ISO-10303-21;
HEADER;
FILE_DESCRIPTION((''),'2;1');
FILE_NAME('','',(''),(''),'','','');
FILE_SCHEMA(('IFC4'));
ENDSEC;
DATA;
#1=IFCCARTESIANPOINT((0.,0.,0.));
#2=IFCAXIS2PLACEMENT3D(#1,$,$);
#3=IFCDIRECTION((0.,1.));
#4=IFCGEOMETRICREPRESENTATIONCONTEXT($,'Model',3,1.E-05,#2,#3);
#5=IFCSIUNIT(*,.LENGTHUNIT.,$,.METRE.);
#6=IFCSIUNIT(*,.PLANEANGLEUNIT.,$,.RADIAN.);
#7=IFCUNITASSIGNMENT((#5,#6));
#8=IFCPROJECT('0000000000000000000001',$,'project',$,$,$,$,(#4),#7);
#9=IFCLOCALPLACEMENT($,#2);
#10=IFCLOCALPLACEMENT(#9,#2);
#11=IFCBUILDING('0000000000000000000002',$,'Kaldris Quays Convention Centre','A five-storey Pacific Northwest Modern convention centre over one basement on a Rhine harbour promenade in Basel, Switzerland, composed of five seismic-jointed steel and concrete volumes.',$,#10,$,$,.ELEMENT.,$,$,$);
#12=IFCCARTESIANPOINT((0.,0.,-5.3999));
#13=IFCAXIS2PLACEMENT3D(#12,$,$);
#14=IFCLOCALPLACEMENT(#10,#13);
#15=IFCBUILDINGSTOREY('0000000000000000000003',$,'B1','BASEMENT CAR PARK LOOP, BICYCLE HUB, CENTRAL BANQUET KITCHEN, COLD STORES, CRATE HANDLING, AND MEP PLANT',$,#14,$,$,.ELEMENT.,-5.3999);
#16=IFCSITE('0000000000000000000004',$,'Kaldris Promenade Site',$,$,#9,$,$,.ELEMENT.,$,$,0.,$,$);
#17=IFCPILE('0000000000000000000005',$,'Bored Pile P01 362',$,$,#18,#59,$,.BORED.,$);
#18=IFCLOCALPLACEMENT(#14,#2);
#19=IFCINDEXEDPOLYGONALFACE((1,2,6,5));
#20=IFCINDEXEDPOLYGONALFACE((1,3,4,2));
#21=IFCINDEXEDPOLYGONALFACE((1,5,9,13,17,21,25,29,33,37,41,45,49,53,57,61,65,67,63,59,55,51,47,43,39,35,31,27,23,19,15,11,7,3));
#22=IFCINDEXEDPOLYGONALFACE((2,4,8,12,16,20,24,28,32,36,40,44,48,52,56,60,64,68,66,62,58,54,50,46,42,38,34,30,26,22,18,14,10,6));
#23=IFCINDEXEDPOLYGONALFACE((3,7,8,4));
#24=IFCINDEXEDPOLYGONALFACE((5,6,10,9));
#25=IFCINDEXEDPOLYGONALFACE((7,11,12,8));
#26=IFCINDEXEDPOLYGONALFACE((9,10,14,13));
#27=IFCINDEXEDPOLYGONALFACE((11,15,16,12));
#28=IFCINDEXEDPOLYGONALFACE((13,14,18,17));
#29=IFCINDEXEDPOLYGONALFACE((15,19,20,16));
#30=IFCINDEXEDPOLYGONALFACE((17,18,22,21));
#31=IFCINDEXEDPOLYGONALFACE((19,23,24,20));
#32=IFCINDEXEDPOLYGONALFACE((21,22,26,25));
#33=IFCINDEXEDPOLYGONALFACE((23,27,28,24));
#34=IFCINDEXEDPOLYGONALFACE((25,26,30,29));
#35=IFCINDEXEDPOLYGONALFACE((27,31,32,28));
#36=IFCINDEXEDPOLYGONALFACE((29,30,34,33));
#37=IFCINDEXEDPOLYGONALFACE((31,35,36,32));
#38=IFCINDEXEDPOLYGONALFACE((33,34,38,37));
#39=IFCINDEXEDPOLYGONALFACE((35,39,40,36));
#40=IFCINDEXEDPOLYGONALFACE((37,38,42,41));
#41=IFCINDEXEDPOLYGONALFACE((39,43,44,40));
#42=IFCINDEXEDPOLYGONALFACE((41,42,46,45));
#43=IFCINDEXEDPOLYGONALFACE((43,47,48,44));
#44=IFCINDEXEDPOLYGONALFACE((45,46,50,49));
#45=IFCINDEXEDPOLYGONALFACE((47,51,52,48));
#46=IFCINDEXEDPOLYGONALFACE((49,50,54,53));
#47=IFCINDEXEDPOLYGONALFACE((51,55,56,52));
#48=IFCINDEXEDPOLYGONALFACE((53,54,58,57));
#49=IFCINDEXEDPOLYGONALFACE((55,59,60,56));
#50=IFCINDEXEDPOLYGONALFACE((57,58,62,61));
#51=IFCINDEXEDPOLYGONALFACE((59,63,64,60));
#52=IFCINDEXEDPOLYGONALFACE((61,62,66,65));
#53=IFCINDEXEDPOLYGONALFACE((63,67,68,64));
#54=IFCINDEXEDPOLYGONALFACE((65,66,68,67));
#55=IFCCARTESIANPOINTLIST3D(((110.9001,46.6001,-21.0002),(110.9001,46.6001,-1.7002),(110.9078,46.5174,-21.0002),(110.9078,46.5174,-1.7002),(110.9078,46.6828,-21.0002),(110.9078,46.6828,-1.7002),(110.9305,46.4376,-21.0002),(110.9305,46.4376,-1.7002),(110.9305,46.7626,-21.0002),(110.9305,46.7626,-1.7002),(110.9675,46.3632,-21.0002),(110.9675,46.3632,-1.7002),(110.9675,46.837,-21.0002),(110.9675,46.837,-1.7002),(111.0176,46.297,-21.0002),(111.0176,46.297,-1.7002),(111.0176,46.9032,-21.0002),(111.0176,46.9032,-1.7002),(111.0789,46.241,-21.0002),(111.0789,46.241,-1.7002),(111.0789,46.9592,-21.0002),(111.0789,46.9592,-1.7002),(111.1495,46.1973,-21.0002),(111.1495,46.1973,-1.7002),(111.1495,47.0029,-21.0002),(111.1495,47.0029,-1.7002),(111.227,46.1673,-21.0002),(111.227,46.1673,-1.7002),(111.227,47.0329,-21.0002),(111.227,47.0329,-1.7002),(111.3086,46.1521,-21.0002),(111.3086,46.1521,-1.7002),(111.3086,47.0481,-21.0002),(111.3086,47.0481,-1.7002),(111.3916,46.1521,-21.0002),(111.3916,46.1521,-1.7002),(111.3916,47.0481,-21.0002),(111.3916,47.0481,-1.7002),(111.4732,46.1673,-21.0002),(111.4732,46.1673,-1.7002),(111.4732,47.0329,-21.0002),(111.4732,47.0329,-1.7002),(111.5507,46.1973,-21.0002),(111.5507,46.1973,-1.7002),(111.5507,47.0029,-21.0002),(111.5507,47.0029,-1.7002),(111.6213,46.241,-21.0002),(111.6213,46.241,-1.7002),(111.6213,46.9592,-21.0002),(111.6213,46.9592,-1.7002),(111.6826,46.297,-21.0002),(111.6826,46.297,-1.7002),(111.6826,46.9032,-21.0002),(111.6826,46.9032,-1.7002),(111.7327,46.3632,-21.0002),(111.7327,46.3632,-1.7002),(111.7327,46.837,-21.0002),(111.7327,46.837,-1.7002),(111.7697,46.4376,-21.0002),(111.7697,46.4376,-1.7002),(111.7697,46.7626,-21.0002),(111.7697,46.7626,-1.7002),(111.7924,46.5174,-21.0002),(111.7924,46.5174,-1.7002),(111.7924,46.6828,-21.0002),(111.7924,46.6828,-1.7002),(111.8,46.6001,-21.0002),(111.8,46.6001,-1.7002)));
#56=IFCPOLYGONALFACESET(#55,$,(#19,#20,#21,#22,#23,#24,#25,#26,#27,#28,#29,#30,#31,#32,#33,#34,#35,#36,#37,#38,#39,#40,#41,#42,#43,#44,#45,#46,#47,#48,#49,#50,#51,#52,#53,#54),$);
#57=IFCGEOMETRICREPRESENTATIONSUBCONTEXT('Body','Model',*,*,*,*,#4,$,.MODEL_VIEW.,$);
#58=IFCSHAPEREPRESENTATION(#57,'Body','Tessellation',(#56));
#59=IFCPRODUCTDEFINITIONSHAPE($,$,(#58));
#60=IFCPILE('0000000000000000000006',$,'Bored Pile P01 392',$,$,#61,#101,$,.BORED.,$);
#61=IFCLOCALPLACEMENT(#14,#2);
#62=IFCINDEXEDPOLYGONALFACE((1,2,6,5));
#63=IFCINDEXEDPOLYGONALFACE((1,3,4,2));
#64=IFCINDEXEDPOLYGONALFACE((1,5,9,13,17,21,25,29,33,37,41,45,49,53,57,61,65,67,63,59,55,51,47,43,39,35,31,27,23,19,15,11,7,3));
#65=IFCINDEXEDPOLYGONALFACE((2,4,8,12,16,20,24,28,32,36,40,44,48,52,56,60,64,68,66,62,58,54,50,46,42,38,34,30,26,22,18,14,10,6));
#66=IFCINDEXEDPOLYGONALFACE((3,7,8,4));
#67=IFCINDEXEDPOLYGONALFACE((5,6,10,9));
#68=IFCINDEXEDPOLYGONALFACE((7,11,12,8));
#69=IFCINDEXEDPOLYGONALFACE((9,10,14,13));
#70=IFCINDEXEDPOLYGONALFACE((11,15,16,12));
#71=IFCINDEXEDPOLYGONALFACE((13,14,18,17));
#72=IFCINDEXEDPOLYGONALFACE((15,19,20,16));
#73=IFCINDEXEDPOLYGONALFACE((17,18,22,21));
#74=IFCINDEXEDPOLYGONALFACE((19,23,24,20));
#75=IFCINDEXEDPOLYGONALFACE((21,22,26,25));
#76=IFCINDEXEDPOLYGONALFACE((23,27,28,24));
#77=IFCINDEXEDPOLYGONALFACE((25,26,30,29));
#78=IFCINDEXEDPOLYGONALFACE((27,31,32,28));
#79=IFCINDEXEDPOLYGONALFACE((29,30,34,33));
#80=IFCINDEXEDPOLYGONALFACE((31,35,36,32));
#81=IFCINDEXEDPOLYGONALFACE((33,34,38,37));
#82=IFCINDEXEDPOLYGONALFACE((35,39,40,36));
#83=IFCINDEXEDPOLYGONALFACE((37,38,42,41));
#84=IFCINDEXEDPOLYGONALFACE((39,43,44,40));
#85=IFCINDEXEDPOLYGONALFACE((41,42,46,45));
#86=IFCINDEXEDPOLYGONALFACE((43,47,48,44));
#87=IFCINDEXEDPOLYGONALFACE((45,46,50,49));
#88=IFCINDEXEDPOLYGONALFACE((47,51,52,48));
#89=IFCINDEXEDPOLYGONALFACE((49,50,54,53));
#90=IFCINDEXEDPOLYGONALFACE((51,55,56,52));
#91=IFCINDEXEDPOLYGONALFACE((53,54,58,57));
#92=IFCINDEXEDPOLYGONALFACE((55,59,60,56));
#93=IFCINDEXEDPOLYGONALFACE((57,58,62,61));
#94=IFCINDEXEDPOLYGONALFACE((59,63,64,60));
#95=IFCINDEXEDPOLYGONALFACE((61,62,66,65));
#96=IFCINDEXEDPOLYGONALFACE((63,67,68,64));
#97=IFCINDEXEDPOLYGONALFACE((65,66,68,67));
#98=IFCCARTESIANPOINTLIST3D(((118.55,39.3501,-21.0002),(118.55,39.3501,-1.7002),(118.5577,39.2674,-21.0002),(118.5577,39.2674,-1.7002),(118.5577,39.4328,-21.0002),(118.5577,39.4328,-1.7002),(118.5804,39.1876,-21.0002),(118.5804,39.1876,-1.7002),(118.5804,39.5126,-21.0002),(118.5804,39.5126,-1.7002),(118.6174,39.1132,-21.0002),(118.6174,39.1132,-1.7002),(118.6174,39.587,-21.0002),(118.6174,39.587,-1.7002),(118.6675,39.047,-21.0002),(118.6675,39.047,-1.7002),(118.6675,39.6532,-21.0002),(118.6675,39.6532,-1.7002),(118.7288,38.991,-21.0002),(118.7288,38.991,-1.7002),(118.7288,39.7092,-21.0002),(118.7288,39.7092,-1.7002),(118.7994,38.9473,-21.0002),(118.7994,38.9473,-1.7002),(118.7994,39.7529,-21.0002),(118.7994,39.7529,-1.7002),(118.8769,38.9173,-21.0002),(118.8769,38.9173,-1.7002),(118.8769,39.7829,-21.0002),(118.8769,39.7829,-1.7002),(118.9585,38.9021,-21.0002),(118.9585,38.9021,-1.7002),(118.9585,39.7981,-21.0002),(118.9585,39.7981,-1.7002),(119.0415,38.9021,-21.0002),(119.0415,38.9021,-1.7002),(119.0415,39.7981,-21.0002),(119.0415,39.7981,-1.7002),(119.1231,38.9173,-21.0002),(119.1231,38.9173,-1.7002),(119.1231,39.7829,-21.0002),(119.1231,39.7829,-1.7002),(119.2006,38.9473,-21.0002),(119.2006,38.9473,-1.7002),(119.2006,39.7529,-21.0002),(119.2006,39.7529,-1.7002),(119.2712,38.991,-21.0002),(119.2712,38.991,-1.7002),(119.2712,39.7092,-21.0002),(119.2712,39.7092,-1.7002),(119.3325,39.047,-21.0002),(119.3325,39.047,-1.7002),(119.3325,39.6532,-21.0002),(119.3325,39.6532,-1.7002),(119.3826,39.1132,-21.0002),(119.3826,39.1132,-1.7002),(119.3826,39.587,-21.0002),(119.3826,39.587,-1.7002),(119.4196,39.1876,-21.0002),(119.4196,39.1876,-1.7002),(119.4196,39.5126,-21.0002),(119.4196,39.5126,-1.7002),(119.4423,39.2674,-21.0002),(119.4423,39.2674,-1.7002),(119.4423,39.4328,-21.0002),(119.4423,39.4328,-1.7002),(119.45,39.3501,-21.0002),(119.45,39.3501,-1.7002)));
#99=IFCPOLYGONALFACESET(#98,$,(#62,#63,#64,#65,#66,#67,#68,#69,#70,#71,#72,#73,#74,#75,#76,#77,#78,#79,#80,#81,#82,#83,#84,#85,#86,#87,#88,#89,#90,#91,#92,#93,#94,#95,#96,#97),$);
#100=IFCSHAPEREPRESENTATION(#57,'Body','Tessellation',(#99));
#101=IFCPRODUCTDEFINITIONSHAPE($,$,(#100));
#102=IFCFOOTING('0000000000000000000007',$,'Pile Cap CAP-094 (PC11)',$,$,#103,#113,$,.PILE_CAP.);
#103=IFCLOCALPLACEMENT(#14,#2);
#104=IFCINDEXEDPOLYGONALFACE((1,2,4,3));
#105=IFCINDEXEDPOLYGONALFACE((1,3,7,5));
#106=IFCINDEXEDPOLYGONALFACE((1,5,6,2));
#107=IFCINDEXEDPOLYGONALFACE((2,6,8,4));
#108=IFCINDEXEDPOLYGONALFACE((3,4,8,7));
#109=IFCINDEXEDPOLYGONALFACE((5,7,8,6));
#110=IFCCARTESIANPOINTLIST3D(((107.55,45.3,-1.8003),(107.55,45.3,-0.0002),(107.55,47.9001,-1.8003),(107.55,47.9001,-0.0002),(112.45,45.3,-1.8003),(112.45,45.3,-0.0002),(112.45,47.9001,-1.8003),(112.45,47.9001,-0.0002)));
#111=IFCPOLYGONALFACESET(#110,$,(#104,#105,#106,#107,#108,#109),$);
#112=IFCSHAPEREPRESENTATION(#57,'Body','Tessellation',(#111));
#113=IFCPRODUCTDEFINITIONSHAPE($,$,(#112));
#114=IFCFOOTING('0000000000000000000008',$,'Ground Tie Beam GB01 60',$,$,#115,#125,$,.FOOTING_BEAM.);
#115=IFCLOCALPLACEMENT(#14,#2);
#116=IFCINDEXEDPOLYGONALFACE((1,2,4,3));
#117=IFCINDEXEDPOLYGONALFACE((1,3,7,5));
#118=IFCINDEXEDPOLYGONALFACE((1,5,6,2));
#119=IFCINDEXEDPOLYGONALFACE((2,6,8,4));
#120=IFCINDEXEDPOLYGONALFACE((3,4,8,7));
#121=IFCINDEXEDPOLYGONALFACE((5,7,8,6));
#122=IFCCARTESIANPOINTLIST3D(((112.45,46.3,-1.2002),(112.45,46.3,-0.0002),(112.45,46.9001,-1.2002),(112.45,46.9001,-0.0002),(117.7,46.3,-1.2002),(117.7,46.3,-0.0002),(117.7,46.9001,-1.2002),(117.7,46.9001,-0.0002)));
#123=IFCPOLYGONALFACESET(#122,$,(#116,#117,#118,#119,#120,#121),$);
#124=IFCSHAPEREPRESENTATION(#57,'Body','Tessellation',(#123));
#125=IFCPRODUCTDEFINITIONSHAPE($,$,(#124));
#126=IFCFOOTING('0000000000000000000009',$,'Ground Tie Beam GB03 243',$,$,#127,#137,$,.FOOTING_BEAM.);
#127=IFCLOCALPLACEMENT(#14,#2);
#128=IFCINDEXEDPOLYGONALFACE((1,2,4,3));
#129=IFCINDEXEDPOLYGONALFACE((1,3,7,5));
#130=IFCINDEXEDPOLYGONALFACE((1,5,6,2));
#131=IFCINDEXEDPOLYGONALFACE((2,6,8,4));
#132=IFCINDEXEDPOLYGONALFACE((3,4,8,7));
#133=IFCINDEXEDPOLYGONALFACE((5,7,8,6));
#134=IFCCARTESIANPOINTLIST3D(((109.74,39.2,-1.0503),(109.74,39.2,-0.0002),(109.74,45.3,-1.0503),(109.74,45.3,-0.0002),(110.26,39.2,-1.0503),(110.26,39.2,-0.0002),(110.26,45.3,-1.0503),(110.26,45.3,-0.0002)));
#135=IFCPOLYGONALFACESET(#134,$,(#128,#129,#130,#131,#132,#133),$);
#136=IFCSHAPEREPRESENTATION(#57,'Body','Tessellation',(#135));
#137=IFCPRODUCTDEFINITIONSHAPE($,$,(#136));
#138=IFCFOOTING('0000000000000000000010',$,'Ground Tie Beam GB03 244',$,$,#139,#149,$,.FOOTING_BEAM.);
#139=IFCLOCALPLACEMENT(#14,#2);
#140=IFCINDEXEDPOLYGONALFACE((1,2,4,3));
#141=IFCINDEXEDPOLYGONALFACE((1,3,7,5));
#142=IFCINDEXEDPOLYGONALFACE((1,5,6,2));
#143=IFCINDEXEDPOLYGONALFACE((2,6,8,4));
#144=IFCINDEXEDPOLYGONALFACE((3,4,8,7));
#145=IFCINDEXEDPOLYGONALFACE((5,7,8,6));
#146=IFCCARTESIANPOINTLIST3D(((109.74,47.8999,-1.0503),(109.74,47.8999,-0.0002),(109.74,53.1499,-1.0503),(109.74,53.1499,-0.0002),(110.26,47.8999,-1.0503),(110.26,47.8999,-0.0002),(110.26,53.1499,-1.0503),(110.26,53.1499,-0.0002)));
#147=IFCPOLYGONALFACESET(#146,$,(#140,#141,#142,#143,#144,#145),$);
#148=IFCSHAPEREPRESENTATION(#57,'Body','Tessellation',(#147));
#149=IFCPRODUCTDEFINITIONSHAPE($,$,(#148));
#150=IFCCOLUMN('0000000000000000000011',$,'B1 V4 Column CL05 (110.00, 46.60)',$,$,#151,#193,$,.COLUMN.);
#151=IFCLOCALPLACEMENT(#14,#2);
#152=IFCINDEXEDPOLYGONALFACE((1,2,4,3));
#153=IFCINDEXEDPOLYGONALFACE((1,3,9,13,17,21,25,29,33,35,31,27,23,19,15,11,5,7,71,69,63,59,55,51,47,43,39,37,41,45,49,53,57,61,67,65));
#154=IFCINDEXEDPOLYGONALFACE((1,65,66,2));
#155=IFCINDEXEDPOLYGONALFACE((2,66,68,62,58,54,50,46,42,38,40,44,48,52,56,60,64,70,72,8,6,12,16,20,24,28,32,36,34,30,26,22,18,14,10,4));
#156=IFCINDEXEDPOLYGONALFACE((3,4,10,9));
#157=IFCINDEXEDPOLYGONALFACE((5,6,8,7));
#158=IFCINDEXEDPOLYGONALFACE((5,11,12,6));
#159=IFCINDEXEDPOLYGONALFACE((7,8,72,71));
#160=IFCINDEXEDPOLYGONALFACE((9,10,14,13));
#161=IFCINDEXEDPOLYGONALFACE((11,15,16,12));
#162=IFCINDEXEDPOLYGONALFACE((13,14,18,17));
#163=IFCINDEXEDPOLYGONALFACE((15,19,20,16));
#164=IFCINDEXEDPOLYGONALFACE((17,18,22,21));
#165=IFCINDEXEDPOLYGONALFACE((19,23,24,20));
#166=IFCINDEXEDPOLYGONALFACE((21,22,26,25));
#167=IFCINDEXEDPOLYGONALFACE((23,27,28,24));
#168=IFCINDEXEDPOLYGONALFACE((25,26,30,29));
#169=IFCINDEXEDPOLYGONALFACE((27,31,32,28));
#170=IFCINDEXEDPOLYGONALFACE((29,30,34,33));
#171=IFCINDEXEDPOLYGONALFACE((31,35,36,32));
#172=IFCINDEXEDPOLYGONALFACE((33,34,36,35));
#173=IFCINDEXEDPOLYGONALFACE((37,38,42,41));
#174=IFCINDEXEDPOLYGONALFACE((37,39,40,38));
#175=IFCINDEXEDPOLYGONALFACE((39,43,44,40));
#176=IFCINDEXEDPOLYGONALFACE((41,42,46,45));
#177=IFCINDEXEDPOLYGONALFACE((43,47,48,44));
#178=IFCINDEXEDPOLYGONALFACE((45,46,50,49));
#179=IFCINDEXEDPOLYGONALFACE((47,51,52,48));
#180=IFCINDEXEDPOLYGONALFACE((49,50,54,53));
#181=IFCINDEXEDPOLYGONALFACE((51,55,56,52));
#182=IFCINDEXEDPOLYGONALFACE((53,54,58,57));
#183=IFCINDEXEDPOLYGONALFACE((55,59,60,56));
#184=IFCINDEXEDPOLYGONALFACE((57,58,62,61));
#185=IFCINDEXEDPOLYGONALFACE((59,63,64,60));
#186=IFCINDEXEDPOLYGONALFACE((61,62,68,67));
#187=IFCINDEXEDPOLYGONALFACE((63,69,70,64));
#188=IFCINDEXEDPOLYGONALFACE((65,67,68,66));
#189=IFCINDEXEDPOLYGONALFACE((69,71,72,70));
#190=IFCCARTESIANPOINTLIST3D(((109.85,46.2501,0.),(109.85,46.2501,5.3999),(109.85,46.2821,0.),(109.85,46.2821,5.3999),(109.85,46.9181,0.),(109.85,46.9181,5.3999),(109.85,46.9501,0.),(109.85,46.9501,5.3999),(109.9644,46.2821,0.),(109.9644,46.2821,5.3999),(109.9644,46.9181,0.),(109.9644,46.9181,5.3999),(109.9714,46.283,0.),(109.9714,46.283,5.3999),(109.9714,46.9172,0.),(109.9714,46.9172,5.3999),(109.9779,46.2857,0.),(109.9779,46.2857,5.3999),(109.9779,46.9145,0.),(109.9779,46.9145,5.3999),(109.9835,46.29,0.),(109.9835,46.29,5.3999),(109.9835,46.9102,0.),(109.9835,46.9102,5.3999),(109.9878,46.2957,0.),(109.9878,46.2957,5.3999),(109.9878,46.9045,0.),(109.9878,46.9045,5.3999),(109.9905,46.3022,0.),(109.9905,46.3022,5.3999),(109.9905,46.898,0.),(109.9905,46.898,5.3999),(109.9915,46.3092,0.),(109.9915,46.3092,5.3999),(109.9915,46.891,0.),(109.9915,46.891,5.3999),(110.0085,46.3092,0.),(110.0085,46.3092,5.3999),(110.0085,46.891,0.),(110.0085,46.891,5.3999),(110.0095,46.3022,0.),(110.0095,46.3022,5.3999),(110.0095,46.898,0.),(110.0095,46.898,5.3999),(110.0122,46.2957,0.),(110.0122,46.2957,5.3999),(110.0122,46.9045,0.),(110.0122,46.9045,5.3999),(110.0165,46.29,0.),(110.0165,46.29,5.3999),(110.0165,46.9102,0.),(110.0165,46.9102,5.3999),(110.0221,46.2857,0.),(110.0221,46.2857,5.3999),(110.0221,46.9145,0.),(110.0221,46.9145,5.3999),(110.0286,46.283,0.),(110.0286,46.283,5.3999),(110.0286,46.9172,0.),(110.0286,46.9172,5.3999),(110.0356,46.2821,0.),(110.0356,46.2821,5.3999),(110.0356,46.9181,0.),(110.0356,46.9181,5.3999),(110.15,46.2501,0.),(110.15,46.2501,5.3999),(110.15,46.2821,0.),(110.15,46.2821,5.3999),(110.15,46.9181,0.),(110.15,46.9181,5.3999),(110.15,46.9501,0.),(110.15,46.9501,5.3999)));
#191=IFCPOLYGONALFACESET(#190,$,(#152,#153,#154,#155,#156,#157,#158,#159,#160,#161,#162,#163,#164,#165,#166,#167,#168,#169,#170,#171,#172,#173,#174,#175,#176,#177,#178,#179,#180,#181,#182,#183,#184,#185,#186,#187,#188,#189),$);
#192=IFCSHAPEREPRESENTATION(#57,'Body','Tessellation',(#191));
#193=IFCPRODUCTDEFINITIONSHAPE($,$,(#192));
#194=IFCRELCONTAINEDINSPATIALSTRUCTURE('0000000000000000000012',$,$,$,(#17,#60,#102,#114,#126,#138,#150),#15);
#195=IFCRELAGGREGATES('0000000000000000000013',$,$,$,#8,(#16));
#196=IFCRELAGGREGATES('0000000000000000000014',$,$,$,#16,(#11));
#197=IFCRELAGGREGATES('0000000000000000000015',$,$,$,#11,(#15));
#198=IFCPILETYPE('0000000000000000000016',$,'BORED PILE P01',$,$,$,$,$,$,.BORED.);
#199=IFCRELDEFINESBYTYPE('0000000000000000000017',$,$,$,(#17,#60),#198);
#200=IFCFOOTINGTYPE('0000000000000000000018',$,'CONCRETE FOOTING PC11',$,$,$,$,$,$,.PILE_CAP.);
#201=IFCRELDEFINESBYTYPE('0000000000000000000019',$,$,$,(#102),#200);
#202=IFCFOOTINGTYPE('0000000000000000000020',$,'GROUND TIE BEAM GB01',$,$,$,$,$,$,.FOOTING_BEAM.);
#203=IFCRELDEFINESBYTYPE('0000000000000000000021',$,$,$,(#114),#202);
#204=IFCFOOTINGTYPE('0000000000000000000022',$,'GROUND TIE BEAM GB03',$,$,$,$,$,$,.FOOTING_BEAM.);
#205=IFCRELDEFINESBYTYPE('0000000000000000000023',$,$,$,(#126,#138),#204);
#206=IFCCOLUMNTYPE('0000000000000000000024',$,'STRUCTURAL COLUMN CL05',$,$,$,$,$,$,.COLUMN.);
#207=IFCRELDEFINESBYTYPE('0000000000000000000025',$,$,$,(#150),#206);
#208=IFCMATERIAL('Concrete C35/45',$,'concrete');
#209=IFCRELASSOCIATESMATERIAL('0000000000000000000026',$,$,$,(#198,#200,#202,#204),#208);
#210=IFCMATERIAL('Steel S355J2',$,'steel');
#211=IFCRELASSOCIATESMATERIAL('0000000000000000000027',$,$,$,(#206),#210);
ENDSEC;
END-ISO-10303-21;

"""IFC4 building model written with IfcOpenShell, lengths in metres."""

from ifc_helpers import new_model, si_unit, direction, frame, origin, origin_2d, place, context, subcontext, project, spatial, rectangle, circle, i_section, extrude, material, material_profile, profile_set, type_object, element, save


model = new_model("IFC4")

# Units and contexts
model_context = context("Model", 3, precision=1e-05, world=origin(), true_north=direction((0.0, 1.0)))
body_context = subcontext(model_context, "Body", "Model", "MODEL_VIEW")
ifc_project = project(units=[si_unit("LENGTHUNIT", "METRE"), si_unit("PLANEANGLEUNIT", "RADIAN")], contexts=[model_context])

# Site, building, storey
site_placement = place(None, origin())
site = spatial("IfcSite", under=ifc_project, at=site_placement, Name="Kaldris Promenade Site", CompositionType="ELEMENT", RefElevation=0.0)
building_placement = place(site_placement, origin())
building = spatial("IfcBuilding", under=site, at=building_placement, Name="Kaldris Quays Convention Centre", Description="A five-storey Pacific Northwest Modern convention centre over one basement on a Rhine harbour promenade in Basel, Switzerland, composed of five seismic-jointed steel and concrete volumes.", CompositionType="ELEMENT")
storey_placement = place(building_placement, frame((0.0, 0.0, -5.3999)))
storey = spatial("IfcBuildingStorey", under=building, at=storey_placement, Name="B1", Description="BASEMENT CAR PARK LOOP, BICYCLE HUB, CENTRAL BANQUET KITCHEN, COLD STORES, CRATE HANDLING, AND MEP PLANT", CompositionType="ELEMENT", Elevation=-5.3999)

# Piles
ifc_material_1 = material(Name="Concrete C35/45", Category="concrete")
ifc_material_profile_1 = material_profile(ifc_material_1, circle(Radius=0.45, at=origin_2d()), Name="BORED PILE D900")
ifc_profile_set_1 = profile_set([ifc_material_profile_1], Name="Concrete C35/45")
pile_type = type_object("IfcPileType", Name="BORED PILE P01", PredefinedType="BORED", material=ifc_profile_set_1)
for number, where, z_axis, x_axis, name in (
    (1, (111.3501, 46.6001, -1.7002), (0.0, 0.0, -1.0), (1.0, 0.0, 0.0), "Bored Pile P01 362"),
    (2, (119.0, 39.3501, -1.7002), (0.0, 0.0, -1.0), (1.0, 0.0, 0.0), "Bored Pile P01 392"),
):
    element("IfcPile", number, at=place(storey_placement, frame(where, z_axis=z_axis, x_axis=x_axis)), inside=storey, type_object=pile_type, Name=name, PredefinedType="BORED", context=body_context, shape_type="SweptSolid", body=[
        extrude(circle(Radius=0.45, at=origin_2d()), origin(), (0.0, 0.0, 1.0), 19.3),
    ])

# Footings
footing_type_1 = type_object("IfcFootingType", Name="CONCRETE FOOTING PC11", PredefinedType="PILE_CAP", material=ifc_material_1)
footing_1_placement = place(storey_placement, frame((110.0, 46.6001, -1.8003), z_axis=(0.0, 0.0, 1.0), x_axis=(1.0, 0.0, 0.0)))
element("IfcFooting", 3, at=footing_1_placement, inside=storey, type_object=footing_type_1, Name="Pile Cap CAP-094 (PC11)", PredefinedType="PILE_CAP", context=body_context, shape_type="SweptSolid", body=[
    extrude(rectangle(XDim=4.8999, YDim=2.6001, at=origin_2d()), origin(), (0.0, 0.0, 1.0), 1.8),
])
footing_type_2 = type_object("IfcFootingType", Name="GROUND TIE BEAM GB01", PredefinedType="FOOTING_BEAM", material=ifc_material_1)
footing_2_placement = place(storey_placement, frame((115.075, 46.6001, -1.2002), z_axis=(0.0, 0.0, 1.0), x_axis=(1.0, 0.0, 0.0)))
element("IfcFooting", 4, at=footing_2_placement, inside=storey, type_object=footing_type_2, Name="Ground Tie Beam GB01 60", PredefinedType="FOOTING_BEAM", context=body_context, shape_type="SweptSolid", body=[
    extrude(rectangle(XDim=5.25, YDim=0.6001, at=origin_2d()), origin(), (0.0, 0.0, 1.0), 1.2),
])
footing_type_3 = type_object("IfcFootingType", Name="GROUND TIE BEAM GB03", PredefinedType="FOOTING_BEAM", material=ifc_material_1)
footing_3_placement = place(storey_placement, frame((110.0, 42.25, -1.0503), z_axis=(0.0, 0.0, 1.0), x_axis=(1.0, 0.0, 0.0)))
element("IfcFooting", 5, at=footing_3_placement, inside=storey, type_object=footing_type_3, Name="Ground Tie Beam GB03 243", PredefinedType="FOOTING_BEAM", context=body_context, shape_type="SweptSolid", body=[
    extrude(rectangle(XDim=0.52, YDim=6.1001, at=origin_2d()), origin(), (0.0, 0.0, 1.0), 1.05),
])
footing_4_placement = place(storey_placement, frame((110.0, 50.5249, -1.0503), z_axis=(0.0, 0.0, 1.0), x_axis=(1.0, 0.0, 0.0)))
element("IfcFooting", 6, at=footing_4_placement, inside=storey, type_object=footing_type_3, Name="Ground Tie Beam GB03 244", PredefinedType="FOOTING_BEAM", context=body_context, shape_type="SweptSolid", body=[
    extrude(rectangle(XDim=0.52, YDim=5.25, at=origin_2d()), origin(), (0.0, 0.0, 1.0), 1.05),
])

# Column
ifc_material_2 = material(Name="Steel S355J2", Category="steel")
ifc_material_profile_2 = material_profile(ifc_material_2, i_section(OverallWidth=0.3, OverallDepth=0.7, WebThickness=0.0171, FlangeThickness=0.032, FilletRadius=0.0271, at=origin_2d()), Name="HEB 700")
ifc_profile_set_2 = profile_set([ifc_material_profile_2], Name="Steel S355J2")
column_type = type_object("IfcColumnType", Name="STRUCTURAL COLUMN CL05", PredefinedType="COLUMN", material=ifc_profile_set_2)
column_placement = place(storey_placement, frame((110.0, 46.6001, 0.0), z_axis=(0.0, 0.0, 1.0), x_axis=(1.0, 0.0, 0.0)))
element("IfcColumn", 7, at=column_placement, inside=storey, type_object=column_type, Name="B1 V4 Column CL05 (110.00, 46.60)", PredefinedType="COLUMN", context=body_context, shape_type="SweptSolid", body=[
    extrude(i_section(OverallWidth=0.3, OverallDepth=0.7, WebThickness=0.0171, FlangeThickness=0.032, FilletRadius=0.0271, at=origin_2d()), origin(), (0.0, 0.0, 1.0), 5.3999),
])

save(model, "model.ifc")
